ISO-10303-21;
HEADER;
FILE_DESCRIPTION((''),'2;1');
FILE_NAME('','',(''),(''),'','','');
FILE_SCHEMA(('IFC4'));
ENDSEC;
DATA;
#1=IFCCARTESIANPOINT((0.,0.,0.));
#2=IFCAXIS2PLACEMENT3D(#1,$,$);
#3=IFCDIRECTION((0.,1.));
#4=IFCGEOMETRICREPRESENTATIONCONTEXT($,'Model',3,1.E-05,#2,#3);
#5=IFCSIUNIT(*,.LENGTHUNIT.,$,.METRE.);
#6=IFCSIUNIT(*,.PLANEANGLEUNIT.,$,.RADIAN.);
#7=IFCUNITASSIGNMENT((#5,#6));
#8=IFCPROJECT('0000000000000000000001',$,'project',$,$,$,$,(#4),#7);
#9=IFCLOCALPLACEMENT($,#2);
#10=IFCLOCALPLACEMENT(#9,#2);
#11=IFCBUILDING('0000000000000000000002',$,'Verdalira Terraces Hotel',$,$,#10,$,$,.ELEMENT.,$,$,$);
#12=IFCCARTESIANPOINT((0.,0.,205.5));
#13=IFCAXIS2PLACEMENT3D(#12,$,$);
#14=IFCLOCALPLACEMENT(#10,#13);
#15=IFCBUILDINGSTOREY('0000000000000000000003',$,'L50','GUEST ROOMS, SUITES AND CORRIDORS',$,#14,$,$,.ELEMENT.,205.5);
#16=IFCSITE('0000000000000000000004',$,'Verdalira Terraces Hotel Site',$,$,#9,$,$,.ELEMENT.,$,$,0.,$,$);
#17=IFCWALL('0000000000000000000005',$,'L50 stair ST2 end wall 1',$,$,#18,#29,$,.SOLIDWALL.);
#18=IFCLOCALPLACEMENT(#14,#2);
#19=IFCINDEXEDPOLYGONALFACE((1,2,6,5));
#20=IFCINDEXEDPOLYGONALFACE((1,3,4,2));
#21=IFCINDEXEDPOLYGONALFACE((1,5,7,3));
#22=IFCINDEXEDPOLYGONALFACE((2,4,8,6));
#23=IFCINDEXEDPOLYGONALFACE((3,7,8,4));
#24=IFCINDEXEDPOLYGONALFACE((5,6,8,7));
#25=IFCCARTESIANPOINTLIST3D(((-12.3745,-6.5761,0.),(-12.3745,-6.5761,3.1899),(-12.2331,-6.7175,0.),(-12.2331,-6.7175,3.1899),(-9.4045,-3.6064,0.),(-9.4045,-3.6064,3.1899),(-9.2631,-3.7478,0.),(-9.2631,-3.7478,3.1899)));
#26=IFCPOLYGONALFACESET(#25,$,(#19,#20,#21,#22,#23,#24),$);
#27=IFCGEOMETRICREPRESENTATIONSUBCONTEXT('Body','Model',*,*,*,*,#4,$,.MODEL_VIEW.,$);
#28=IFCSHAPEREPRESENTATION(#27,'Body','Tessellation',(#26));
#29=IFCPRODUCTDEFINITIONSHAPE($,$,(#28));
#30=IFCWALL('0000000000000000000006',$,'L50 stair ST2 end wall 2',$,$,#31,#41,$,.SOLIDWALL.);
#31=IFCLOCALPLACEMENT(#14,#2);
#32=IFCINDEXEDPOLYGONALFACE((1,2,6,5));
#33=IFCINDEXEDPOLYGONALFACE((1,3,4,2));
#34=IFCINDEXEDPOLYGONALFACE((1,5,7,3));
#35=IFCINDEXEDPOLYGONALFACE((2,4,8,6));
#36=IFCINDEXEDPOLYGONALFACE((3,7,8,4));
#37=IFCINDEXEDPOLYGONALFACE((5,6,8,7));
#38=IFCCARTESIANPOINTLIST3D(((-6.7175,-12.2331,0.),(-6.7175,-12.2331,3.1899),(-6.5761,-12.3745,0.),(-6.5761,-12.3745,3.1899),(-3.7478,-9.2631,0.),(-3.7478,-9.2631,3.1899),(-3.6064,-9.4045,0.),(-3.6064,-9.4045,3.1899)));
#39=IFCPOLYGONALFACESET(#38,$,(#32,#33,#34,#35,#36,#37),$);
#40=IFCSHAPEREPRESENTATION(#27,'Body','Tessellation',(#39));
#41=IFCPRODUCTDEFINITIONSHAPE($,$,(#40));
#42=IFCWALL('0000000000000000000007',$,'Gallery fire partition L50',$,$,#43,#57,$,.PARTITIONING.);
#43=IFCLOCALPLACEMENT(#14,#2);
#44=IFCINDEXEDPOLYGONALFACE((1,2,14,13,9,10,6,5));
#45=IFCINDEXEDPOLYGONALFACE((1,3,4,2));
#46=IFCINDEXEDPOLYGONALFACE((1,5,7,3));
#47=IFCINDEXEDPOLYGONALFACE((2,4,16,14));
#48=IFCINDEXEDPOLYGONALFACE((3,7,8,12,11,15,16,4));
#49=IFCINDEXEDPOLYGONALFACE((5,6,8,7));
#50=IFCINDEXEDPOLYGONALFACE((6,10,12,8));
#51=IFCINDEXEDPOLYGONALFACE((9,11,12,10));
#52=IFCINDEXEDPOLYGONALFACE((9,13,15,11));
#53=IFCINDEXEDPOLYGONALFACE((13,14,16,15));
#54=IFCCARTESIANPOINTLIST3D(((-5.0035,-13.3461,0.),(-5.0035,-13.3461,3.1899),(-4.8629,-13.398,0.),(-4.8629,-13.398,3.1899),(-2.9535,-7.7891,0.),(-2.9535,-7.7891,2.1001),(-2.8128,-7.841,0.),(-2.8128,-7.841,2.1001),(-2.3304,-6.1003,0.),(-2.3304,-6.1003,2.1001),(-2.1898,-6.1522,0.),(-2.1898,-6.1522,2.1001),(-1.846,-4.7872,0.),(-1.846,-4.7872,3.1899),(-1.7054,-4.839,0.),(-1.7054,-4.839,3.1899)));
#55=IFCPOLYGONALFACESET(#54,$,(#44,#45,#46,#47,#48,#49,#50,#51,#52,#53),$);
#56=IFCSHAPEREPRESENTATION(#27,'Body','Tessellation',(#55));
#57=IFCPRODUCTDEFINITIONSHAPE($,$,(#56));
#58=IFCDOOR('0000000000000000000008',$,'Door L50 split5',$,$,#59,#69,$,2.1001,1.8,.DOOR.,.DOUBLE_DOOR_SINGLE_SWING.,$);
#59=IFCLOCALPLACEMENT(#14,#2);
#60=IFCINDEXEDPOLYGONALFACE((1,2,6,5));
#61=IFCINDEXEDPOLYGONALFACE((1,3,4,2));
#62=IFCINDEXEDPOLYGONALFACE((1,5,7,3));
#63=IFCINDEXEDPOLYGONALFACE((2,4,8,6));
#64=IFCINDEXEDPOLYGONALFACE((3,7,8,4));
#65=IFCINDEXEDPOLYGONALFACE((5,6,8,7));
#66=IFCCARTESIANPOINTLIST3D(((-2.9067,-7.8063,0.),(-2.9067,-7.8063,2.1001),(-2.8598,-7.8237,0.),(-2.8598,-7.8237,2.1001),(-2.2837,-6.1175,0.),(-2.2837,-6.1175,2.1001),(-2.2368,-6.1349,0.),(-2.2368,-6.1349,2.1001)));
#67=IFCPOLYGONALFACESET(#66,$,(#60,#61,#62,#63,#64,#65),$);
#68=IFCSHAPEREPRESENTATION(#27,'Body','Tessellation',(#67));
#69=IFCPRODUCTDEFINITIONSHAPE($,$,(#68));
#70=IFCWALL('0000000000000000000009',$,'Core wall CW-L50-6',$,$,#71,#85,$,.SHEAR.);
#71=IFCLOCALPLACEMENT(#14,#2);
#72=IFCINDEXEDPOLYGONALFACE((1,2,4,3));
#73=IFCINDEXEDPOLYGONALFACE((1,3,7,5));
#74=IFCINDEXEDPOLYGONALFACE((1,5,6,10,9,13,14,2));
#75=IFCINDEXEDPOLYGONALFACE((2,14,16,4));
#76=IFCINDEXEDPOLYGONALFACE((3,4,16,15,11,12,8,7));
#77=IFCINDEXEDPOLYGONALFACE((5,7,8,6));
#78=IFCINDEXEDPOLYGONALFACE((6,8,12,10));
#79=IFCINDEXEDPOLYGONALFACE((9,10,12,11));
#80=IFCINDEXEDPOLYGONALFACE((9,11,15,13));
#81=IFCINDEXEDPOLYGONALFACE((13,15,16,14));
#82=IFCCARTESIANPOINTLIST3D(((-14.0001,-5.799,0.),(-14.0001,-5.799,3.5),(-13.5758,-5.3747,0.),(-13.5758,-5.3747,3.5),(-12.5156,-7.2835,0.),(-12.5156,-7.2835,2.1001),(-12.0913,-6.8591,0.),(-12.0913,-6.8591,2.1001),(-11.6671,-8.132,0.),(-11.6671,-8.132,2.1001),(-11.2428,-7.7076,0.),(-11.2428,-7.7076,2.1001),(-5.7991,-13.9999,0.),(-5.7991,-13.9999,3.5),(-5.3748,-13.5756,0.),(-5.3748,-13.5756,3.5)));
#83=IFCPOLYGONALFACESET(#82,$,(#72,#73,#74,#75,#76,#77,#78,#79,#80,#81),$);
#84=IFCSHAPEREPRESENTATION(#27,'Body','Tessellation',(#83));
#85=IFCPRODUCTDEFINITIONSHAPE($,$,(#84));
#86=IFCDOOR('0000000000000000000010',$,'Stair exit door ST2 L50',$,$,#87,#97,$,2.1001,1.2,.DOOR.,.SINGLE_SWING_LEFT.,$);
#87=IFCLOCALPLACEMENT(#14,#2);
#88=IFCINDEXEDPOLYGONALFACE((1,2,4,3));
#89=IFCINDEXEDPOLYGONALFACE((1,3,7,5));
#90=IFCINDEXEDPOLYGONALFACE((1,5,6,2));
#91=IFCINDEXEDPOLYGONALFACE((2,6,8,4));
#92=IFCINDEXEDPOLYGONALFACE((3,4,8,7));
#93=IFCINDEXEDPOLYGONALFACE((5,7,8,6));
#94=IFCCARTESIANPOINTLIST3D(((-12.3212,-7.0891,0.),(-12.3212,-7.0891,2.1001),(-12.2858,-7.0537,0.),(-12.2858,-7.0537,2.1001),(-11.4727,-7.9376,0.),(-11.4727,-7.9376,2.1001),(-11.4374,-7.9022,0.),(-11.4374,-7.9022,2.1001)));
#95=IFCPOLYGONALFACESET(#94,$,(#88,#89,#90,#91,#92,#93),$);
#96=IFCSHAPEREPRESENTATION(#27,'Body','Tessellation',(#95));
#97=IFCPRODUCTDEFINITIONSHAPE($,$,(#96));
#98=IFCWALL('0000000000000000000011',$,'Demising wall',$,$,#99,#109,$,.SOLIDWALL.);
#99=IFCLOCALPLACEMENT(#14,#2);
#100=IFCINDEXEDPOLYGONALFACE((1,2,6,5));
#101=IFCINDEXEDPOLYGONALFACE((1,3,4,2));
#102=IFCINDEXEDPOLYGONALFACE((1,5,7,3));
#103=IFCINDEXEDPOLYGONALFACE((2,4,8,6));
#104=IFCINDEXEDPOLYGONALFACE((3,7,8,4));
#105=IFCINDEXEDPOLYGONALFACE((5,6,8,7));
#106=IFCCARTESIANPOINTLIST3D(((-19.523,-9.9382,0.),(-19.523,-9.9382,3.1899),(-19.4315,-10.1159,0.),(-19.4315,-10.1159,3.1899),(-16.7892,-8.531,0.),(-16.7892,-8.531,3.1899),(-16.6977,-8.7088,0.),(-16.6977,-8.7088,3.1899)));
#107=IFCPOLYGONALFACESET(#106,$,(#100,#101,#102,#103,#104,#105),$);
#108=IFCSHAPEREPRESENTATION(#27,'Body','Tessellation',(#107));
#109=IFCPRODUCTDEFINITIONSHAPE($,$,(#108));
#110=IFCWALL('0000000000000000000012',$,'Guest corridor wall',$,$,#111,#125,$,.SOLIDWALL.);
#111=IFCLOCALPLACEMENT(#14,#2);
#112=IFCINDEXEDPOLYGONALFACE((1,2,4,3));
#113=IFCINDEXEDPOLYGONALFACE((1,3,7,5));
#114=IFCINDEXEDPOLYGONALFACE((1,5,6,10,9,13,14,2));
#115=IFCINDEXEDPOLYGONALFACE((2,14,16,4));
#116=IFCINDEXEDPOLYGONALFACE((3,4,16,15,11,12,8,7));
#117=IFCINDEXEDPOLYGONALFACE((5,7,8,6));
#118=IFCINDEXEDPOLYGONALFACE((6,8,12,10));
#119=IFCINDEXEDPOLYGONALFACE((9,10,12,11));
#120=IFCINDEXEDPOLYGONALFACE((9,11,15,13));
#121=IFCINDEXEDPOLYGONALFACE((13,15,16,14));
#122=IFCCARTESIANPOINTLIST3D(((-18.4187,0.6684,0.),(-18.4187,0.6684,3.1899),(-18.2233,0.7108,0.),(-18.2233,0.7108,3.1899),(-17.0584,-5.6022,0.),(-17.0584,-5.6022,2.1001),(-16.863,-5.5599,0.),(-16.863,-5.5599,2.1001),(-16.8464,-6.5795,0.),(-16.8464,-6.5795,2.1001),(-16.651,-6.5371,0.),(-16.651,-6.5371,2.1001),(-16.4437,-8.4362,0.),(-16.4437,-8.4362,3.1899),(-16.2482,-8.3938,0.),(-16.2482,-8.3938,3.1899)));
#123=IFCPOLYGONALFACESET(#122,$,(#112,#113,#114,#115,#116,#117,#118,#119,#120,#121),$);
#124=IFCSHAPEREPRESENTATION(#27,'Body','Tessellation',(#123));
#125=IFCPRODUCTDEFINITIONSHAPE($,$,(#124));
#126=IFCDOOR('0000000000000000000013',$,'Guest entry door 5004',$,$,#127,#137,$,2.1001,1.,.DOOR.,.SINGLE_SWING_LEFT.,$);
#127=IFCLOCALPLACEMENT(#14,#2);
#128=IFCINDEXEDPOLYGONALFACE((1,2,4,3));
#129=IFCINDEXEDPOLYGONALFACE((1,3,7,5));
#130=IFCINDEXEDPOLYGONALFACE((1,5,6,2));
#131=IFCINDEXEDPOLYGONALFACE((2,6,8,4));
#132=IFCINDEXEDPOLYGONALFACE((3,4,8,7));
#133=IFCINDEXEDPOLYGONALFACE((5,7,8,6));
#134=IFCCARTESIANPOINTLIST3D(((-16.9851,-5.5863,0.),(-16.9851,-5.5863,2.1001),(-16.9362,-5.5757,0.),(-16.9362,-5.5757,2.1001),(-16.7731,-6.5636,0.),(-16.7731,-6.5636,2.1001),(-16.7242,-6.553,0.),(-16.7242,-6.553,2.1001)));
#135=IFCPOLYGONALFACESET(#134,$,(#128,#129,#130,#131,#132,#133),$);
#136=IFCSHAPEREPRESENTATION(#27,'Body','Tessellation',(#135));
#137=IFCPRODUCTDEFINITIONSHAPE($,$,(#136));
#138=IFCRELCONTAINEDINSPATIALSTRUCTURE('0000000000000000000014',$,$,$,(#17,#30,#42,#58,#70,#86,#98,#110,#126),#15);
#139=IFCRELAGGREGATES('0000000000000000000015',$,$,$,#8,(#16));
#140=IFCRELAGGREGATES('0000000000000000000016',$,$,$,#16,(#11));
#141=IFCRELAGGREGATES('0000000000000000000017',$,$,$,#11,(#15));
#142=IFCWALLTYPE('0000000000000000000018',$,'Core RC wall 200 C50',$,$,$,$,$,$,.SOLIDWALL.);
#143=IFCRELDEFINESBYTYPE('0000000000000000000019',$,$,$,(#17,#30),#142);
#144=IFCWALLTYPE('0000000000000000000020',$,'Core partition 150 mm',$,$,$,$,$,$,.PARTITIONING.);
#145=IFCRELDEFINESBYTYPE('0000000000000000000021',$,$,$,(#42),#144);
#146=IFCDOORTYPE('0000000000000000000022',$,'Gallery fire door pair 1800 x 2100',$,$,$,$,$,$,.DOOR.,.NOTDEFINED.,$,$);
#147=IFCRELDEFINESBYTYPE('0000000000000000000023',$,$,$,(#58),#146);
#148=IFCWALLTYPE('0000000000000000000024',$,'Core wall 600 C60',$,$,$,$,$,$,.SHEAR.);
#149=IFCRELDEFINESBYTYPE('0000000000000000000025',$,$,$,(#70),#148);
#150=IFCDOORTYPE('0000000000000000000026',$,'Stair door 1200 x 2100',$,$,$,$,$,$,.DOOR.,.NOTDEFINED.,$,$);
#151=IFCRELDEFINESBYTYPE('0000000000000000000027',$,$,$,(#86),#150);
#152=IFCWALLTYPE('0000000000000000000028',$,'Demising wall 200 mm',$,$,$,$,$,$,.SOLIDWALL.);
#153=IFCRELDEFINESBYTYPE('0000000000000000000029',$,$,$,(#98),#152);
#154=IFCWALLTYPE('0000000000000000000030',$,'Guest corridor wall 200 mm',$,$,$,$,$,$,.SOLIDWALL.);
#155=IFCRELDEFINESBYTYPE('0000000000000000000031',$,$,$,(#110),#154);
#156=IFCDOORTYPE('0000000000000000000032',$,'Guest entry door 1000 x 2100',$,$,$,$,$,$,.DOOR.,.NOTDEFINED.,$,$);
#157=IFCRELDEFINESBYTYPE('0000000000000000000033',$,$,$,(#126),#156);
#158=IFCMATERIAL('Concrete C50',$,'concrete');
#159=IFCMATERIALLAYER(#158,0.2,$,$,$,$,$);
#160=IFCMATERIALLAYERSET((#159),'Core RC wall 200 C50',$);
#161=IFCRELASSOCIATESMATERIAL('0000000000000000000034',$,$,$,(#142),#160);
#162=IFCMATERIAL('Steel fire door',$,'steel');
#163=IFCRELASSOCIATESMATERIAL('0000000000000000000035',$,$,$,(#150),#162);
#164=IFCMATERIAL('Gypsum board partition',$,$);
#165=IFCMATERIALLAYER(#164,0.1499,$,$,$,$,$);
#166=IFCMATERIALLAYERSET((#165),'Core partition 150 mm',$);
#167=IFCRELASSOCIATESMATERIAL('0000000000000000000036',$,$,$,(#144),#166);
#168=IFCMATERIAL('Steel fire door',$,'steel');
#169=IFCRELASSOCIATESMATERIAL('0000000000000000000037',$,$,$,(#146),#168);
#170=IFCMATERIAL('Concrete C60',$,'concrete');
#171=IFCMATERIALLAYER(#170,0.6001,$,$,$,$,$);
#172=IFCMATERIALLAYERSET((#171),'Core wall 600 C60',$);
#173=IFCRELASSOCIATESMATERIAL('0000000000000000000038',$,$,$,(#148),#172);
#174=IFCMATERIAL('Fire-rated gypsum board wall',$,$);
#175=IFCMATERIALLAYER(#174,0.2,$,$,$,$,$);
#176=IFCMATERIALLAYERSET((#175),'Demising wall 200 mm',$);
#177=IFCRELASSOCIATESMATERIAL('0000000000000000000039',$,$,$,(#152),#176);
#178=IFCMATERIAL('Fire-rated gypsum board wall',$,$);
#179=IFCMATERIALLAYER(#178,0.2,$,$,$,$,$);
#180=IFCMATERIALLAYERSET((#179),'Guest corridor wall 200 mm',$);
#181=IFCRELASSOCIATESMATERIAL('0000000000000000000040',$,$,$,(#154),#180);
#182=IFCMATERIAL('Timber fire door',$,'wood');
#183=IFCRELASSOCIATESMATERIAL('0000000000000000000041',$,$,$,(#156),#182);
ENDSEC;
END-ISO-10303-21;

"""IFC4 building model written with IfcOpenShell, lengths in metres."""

from ifc_helpers import new_model, si_unit, direction, frame, frame_2d, origin, place, context, subcontext, project, spatial, rectangle, extrude, material, layer, layer_set, type_object, element, fill, save


model = new_model("IFC4")

# Units and contexts
model_context = context("Model", 3, precision=1e-05, world=origin(), true_north=direction((0.0, 1.0)))
body_context = subcontext(model_context, "Body", "Model", "MODEL_VIEW")
ifc_project = project(units=[si_unit("LENGTHUNIT", "METRE"), si_unit("PLANEANGLEUNIT", "RADIAN")], contexts=[model_context])

# Site, building, storey
site_placement = place(None, origin())
site = spatial("IfcSite", under=ifc_project, at=site_placement, Name="Verdalira Terraces Hotel Site", CompositionType="ELEMENT", RefElevation=0.0)
building_placement = place(site_placement, origin())
building = spatial("IfcBuilding", under=site, at=building_placement, Name="Verdalira Terraces Hotel", CompositionType="ELEMENT")
storey_placement = place(building_placement, frame((0.0, 0.0, 205.5)))
storey = spatial("IfcBuildingStorey", under=building, at=storey_placement, Name="L50", Description="GUEST ROOMS, SUITES AND CORRIDORS", CompositionType="ELEMENT", Elevation=205.5)

# Shared definitions
ifc_material_1 = material(Name="Concrete C50", Category="concrete")
ifc_layer_1 = layer(ifc_material_1, 0.2)
ifc_layer_set_1 = layer_set([ifc_layer_1], Name="Core RC wall 200 C50")
wall_type_1 = type_object("IfcWallType", Name="Core RC wall 200 C50", PredefinedType="SOLIDWALL", material=ifc_layer_set_1)
ifc_material_2 = material(Name="Steel fire door", Category="steel")
door_type_1 = type_object("IfcDoorType", Name="Stair door 1200 x 2100", OperationType="NOTDEFINED", PredefinedType="DOOR", material=ifc_material_2)

# Walls
for number, where, z_axis, x_axis, name in (
    (1, (-9.3337, -3.677, 0.0), (0.0, 0.0, 1.0), (-0.707136, -0.707078, 0.0), "L50 stair ST2 end wall 1"),
    (2, (-3.677, -9.3337, 0.0), (0.0, 0.0, 1.0), (-0.707078, -0.707136, 0.0), "L50 stair ST2 end wall 2"),
):
    element("IfcWall", number, at=place(storey_placement, frame(where, z_axis=z_axis, x_axis=x_axis)), inside=storey, type_object=wall_type_1, Name=name, PredefinedType="SOLIDWALL", context=body_context, shape_type="SweptSolid", body=[
        extrude(rectangle(XDim=4.2, YDim=0.2, at=frame_2d((2.1001, 0.0))), origin(), (0.0, 0.0, 1.0), 3.1899),
    ])

# Walls, openings, doors
ifc_material_3 = material(Name="Gypsum board partition")
ifc_layer_2 = layer(ifc_material_3, 0.1499)
ifc_layer_set_2 = layer_set([ifc_layer_2], Name="Core partition 150 mm")
wall_type_2 = type_object("IfcWallType", Name="Core partition 150 mm", PredefinedType="PARTITIONING", material=ifc_layer_set_2)
wall_1_placement = place(storey_placement, frame((-1.7756, -4.813, 0.0), z_axis=(0.0, 0.0, 1.0), x_axis=(-0.346112, -0.938193, 0.0)))
wall_1 = element("IfcWall", 3, at=wall_1_placement, inside=storey, type_object=wall_type_2, Name="Gallery fire partition L50", PredefinedType="PARTITIONING", context=body_context, shape_type="SweptSolid", body=[
    extrude(rectangle(XDim=9.1228, YDim=0.1499, at=frame_2d((4.5615, 0.0))), origin(), (0.0, 0.0, 1.0), 3.1899),
])
opening_1_placement = place(wall_1_placement, frame((1.3999, 0.0, 0.0)))
opening_1 = element("IfcOpeningElement", 4, at=opening_1_placement, cuts=wall_1, PredefinedType="OPENING", context=body_context, shape_type="SweptSolid", body=[
    extrude(rectangle(XDim=1.8, YDim=2.1001, at=frame_2d((0.8999, 1.05))), frame((0.0, 0.085, 0.0), z_axis=(0.0, -1.0, 0.0), x_axis=(1.0, 0.0, 0.0)), (0.0, 0.0, 1.0), 0.1699),
])
ifc_material_4 = material(Name="Steel fire door", Category="steel")
door_type_2 = type_object("IfcDoorType", Name="Gallery fire door pair 1800 x 2100", OperationType="NOTDEFINED", PredefinedType="DOOR", material=ifc_material_4)
door_1_placement = place(opening_1_placement, origin())
door_1 = element("IfcDoor", 5, at=door_1_placement, inside=storey, type_object=door_type_2, Name="Door L50 split5", OperationType="DOUBLE_DOOR_SINGLE_SWING", OverallHeight=2.1001, OverallWidth=1.8, PredefinedType="DOOR", context=body_context, shape_type="SweptSolid", body=[
    extrude(rectangle(XDim=1.8, YDim=2.1001, at=frame_2d((0.8999, 1.05))), frame((0.0, 0.0249, 0.0), z_axis=(0.0, -1.0, 0.0), x_axis=(1.0, 0.0, 0.0)), (0.0, 0.0, 1.0), 0.05),
])
fill(opening_1, door_1)
ifc_material_5 = material(Name="Concrete C60", Category="concrete")
ifc_layer_3 = layer(ifc_material_5, 0.6001)
ifc_layer_set_3 = layer_set([ifc_layer_3], Name="Core wall 600 C60")
wall_type_3 = type_object("IfcWallType", Name="Core wall 600 C60", PredefinedType="SHEAR", material=ifc_layer_set_3)
wall_2_placement = place(storey_placement, frame((-13.7878, -5.5869, 0.0), z_axis=(0.0, 0.0, 1.0), x_axis=(0.707107, -0.707107, 0.0)))
wall_2 = element("IfcWall", 6, at=wall_2_placement, inside=storey, type_object=wall_type_3, Name="Core wall CW-L50-6", PredefinedType="SHEAR", context=body_context, shape_type="SweptSolid", body=[
    extrude(rectangle(XDim=11.5979, YDim=0.6001, at=frame_2d((5.7988, 0.0))), origin(), (0.0, 0.0, 1.0), 3.5),
])
opening_2_placement = place(wall_2_placement, frame((2.0991, 0.0, 0.0)))
opening_2 = element("IfcOpeningElement", 7, at=opening_2_placement, cuts=wall_2, PredefinedType="OPENING", context=body_context, shape_type="SweptSolid", body=[
    extrude(rectangle(XDim=1.2, YDim=2.1001, at=frame_2d((0.6001, 1.05))), frame((0.0, 0.3101, 0.0), z_axis=(0.0, -1.0, 0.0), x_axis=(1.0, 0.0, 0.0)), (0.0, 0.0, 1.0), 0.6201),
])
door_2_placement = place(opening_2_placement, origin())
door_2 = element("IfcDoor", 8, at=door_2_placement, inside=storey, type_object=door_type_1, Name="Stair exit door ST2 L50", OperationType="SINGLE_SWING_LEFT", OverallHeight=2.1001, OverallWidth=1.2, PredefinedType="DOOR", context=body_context, shape_type="SweptSolid", body=[
    extrude(rectangle(XDim=1.2, YDim=2.1001, at=frame_2d((0.6001, 1.05))), frame((0.0, 0.0249, 0.0), z_axis=(0.0, -1.0, 0.0), x_axis=(1.0, 0.0, 0.0)), (0.0, 0.0, 1.0), 0.05),
])
fill(opening_2, door_2)

# Wall
ifc_material_6 = material(Name="Fire-rated gypsum board wall")
ifc_layer_4 = layer(ifc_material_6, 0.2)
ifc_layer_set_4 = layer_set([ifc_layer_4], Name="Demising wall 200 mm")
wall_type_4 = type_object("IfcWallType", Name="Demising wall 200 mm", PredefinedType="SOLIDWALL", material=ifc_layer_set_4)
wall_3_placement = place(storey_placement, frame((-16.7434, -8.6199, 0.0), z_axis=(0.0, 0.0, 1.0), x_axis=(-0.889125, -0.457664, 0.0)))
element("IfcWall", 9, at=wall_3_placement, inside=storey, type_object=wall_type_4, Name="Demising wall", PredefinedType="SOLIDWALL", context=body_context, shape_type="SweptSolid", body=[
    extrude(rectangle(XDim=3.0747, YDim=0.2, at=frame_2d((1.5374, 0.0))), origin(), (0.0, 0.0, 1.0), 3.1899),
])

# Wall, opening, door
ifc_material_7 = material(Name="Fire-rated gypsum board wall")
ifc_layer_5 = layer(ifc_material_7, 0.2)
ifc_layer_set_5 = layer_set([ifc_layer_5], Name="Guest corridor wall 200 mm")
wall_type_5 = type_object("IfcWallType", Name="Guest corridor wall 200 mm", PredefinedType="SOLIDWALL", material=ifc_layer_set_5)
wall_4_placement = place(storey_placement, frame((-16.3459, -8.415, 0.0), z_axis=(0.0, 0.0, 1.0), x_axis=(-0.212, 0.97727, 0.0)))
wall_4 = element("IfcWall", 10, at=wall_4_placement, inside=storey, type_object=wall_type_5, Name="Guest corridor wall", PredefinedType="SOLIDWALL", context=body_context, shape_type="SweptSolid", body=[
    extrude(rectangle(XDim=9.3164, YDim=0.2, at=frame_2d((4.6582, 0.0))), origin(), (0.0, 0.0, 1.0), 3.1899),
])
opening_3_placement = place(wall_4_placement, frame((1.8999, 0.0, 0.0)))
opening_3 = element("IfcOpeningElement", 11, at=opening_3_placement, cuts=wall_4, PredefinedType="OPENING", context=body_context, shape_type="SweptSolid", body=[
    extrude(rectangle(XDim=1.0, YDim=2.1001, at=frame_2d((0.5, 1.05))), frame((0.0, 0.1099, 0.0), z_axis=(0.0, -1.0, 0.0), x_axis=(1.0, 0.0, 0.0)), (0.0, 0.0, 1.0), 0.22),
])
ifc_material_8 = material(Name="Timber fire door", Category="wood")
door_type_3 = type_object("IfcDoorType", Name="Guest entry door 1000 x 2100", OperationType="NOTDEFINED", PredefinedType="DOOR", material=ifc_material_8)
door_3_placement = place(opening_3_placement, origin())
door_3 = element("IfcDoor", 12, at=door_3_placement, inside=storey, type_object=door_type_3, Name="Guest entry door 5004", OperationType="SINGLE_SWING_LEFT", OverallHeight=2.1001, OverallWidth=1.0, PredefinedType="DOOR", context=body_context, shape_type="SweptSolid", body=[
    extrude(rectangle(XDim=1.0, YDim=2.1001, at=frame_2d((0.5, 1.05))), frame((0.0, 0.0249, 0.0), z_axis=(0.0, -1.0, 0.0), x_axis=(1.0, 0.0, 0.0)), (0.0, 0.0, 1.0), 0.05),
])
fill(opening_3, door_3)

save(model, "model.ifc")
